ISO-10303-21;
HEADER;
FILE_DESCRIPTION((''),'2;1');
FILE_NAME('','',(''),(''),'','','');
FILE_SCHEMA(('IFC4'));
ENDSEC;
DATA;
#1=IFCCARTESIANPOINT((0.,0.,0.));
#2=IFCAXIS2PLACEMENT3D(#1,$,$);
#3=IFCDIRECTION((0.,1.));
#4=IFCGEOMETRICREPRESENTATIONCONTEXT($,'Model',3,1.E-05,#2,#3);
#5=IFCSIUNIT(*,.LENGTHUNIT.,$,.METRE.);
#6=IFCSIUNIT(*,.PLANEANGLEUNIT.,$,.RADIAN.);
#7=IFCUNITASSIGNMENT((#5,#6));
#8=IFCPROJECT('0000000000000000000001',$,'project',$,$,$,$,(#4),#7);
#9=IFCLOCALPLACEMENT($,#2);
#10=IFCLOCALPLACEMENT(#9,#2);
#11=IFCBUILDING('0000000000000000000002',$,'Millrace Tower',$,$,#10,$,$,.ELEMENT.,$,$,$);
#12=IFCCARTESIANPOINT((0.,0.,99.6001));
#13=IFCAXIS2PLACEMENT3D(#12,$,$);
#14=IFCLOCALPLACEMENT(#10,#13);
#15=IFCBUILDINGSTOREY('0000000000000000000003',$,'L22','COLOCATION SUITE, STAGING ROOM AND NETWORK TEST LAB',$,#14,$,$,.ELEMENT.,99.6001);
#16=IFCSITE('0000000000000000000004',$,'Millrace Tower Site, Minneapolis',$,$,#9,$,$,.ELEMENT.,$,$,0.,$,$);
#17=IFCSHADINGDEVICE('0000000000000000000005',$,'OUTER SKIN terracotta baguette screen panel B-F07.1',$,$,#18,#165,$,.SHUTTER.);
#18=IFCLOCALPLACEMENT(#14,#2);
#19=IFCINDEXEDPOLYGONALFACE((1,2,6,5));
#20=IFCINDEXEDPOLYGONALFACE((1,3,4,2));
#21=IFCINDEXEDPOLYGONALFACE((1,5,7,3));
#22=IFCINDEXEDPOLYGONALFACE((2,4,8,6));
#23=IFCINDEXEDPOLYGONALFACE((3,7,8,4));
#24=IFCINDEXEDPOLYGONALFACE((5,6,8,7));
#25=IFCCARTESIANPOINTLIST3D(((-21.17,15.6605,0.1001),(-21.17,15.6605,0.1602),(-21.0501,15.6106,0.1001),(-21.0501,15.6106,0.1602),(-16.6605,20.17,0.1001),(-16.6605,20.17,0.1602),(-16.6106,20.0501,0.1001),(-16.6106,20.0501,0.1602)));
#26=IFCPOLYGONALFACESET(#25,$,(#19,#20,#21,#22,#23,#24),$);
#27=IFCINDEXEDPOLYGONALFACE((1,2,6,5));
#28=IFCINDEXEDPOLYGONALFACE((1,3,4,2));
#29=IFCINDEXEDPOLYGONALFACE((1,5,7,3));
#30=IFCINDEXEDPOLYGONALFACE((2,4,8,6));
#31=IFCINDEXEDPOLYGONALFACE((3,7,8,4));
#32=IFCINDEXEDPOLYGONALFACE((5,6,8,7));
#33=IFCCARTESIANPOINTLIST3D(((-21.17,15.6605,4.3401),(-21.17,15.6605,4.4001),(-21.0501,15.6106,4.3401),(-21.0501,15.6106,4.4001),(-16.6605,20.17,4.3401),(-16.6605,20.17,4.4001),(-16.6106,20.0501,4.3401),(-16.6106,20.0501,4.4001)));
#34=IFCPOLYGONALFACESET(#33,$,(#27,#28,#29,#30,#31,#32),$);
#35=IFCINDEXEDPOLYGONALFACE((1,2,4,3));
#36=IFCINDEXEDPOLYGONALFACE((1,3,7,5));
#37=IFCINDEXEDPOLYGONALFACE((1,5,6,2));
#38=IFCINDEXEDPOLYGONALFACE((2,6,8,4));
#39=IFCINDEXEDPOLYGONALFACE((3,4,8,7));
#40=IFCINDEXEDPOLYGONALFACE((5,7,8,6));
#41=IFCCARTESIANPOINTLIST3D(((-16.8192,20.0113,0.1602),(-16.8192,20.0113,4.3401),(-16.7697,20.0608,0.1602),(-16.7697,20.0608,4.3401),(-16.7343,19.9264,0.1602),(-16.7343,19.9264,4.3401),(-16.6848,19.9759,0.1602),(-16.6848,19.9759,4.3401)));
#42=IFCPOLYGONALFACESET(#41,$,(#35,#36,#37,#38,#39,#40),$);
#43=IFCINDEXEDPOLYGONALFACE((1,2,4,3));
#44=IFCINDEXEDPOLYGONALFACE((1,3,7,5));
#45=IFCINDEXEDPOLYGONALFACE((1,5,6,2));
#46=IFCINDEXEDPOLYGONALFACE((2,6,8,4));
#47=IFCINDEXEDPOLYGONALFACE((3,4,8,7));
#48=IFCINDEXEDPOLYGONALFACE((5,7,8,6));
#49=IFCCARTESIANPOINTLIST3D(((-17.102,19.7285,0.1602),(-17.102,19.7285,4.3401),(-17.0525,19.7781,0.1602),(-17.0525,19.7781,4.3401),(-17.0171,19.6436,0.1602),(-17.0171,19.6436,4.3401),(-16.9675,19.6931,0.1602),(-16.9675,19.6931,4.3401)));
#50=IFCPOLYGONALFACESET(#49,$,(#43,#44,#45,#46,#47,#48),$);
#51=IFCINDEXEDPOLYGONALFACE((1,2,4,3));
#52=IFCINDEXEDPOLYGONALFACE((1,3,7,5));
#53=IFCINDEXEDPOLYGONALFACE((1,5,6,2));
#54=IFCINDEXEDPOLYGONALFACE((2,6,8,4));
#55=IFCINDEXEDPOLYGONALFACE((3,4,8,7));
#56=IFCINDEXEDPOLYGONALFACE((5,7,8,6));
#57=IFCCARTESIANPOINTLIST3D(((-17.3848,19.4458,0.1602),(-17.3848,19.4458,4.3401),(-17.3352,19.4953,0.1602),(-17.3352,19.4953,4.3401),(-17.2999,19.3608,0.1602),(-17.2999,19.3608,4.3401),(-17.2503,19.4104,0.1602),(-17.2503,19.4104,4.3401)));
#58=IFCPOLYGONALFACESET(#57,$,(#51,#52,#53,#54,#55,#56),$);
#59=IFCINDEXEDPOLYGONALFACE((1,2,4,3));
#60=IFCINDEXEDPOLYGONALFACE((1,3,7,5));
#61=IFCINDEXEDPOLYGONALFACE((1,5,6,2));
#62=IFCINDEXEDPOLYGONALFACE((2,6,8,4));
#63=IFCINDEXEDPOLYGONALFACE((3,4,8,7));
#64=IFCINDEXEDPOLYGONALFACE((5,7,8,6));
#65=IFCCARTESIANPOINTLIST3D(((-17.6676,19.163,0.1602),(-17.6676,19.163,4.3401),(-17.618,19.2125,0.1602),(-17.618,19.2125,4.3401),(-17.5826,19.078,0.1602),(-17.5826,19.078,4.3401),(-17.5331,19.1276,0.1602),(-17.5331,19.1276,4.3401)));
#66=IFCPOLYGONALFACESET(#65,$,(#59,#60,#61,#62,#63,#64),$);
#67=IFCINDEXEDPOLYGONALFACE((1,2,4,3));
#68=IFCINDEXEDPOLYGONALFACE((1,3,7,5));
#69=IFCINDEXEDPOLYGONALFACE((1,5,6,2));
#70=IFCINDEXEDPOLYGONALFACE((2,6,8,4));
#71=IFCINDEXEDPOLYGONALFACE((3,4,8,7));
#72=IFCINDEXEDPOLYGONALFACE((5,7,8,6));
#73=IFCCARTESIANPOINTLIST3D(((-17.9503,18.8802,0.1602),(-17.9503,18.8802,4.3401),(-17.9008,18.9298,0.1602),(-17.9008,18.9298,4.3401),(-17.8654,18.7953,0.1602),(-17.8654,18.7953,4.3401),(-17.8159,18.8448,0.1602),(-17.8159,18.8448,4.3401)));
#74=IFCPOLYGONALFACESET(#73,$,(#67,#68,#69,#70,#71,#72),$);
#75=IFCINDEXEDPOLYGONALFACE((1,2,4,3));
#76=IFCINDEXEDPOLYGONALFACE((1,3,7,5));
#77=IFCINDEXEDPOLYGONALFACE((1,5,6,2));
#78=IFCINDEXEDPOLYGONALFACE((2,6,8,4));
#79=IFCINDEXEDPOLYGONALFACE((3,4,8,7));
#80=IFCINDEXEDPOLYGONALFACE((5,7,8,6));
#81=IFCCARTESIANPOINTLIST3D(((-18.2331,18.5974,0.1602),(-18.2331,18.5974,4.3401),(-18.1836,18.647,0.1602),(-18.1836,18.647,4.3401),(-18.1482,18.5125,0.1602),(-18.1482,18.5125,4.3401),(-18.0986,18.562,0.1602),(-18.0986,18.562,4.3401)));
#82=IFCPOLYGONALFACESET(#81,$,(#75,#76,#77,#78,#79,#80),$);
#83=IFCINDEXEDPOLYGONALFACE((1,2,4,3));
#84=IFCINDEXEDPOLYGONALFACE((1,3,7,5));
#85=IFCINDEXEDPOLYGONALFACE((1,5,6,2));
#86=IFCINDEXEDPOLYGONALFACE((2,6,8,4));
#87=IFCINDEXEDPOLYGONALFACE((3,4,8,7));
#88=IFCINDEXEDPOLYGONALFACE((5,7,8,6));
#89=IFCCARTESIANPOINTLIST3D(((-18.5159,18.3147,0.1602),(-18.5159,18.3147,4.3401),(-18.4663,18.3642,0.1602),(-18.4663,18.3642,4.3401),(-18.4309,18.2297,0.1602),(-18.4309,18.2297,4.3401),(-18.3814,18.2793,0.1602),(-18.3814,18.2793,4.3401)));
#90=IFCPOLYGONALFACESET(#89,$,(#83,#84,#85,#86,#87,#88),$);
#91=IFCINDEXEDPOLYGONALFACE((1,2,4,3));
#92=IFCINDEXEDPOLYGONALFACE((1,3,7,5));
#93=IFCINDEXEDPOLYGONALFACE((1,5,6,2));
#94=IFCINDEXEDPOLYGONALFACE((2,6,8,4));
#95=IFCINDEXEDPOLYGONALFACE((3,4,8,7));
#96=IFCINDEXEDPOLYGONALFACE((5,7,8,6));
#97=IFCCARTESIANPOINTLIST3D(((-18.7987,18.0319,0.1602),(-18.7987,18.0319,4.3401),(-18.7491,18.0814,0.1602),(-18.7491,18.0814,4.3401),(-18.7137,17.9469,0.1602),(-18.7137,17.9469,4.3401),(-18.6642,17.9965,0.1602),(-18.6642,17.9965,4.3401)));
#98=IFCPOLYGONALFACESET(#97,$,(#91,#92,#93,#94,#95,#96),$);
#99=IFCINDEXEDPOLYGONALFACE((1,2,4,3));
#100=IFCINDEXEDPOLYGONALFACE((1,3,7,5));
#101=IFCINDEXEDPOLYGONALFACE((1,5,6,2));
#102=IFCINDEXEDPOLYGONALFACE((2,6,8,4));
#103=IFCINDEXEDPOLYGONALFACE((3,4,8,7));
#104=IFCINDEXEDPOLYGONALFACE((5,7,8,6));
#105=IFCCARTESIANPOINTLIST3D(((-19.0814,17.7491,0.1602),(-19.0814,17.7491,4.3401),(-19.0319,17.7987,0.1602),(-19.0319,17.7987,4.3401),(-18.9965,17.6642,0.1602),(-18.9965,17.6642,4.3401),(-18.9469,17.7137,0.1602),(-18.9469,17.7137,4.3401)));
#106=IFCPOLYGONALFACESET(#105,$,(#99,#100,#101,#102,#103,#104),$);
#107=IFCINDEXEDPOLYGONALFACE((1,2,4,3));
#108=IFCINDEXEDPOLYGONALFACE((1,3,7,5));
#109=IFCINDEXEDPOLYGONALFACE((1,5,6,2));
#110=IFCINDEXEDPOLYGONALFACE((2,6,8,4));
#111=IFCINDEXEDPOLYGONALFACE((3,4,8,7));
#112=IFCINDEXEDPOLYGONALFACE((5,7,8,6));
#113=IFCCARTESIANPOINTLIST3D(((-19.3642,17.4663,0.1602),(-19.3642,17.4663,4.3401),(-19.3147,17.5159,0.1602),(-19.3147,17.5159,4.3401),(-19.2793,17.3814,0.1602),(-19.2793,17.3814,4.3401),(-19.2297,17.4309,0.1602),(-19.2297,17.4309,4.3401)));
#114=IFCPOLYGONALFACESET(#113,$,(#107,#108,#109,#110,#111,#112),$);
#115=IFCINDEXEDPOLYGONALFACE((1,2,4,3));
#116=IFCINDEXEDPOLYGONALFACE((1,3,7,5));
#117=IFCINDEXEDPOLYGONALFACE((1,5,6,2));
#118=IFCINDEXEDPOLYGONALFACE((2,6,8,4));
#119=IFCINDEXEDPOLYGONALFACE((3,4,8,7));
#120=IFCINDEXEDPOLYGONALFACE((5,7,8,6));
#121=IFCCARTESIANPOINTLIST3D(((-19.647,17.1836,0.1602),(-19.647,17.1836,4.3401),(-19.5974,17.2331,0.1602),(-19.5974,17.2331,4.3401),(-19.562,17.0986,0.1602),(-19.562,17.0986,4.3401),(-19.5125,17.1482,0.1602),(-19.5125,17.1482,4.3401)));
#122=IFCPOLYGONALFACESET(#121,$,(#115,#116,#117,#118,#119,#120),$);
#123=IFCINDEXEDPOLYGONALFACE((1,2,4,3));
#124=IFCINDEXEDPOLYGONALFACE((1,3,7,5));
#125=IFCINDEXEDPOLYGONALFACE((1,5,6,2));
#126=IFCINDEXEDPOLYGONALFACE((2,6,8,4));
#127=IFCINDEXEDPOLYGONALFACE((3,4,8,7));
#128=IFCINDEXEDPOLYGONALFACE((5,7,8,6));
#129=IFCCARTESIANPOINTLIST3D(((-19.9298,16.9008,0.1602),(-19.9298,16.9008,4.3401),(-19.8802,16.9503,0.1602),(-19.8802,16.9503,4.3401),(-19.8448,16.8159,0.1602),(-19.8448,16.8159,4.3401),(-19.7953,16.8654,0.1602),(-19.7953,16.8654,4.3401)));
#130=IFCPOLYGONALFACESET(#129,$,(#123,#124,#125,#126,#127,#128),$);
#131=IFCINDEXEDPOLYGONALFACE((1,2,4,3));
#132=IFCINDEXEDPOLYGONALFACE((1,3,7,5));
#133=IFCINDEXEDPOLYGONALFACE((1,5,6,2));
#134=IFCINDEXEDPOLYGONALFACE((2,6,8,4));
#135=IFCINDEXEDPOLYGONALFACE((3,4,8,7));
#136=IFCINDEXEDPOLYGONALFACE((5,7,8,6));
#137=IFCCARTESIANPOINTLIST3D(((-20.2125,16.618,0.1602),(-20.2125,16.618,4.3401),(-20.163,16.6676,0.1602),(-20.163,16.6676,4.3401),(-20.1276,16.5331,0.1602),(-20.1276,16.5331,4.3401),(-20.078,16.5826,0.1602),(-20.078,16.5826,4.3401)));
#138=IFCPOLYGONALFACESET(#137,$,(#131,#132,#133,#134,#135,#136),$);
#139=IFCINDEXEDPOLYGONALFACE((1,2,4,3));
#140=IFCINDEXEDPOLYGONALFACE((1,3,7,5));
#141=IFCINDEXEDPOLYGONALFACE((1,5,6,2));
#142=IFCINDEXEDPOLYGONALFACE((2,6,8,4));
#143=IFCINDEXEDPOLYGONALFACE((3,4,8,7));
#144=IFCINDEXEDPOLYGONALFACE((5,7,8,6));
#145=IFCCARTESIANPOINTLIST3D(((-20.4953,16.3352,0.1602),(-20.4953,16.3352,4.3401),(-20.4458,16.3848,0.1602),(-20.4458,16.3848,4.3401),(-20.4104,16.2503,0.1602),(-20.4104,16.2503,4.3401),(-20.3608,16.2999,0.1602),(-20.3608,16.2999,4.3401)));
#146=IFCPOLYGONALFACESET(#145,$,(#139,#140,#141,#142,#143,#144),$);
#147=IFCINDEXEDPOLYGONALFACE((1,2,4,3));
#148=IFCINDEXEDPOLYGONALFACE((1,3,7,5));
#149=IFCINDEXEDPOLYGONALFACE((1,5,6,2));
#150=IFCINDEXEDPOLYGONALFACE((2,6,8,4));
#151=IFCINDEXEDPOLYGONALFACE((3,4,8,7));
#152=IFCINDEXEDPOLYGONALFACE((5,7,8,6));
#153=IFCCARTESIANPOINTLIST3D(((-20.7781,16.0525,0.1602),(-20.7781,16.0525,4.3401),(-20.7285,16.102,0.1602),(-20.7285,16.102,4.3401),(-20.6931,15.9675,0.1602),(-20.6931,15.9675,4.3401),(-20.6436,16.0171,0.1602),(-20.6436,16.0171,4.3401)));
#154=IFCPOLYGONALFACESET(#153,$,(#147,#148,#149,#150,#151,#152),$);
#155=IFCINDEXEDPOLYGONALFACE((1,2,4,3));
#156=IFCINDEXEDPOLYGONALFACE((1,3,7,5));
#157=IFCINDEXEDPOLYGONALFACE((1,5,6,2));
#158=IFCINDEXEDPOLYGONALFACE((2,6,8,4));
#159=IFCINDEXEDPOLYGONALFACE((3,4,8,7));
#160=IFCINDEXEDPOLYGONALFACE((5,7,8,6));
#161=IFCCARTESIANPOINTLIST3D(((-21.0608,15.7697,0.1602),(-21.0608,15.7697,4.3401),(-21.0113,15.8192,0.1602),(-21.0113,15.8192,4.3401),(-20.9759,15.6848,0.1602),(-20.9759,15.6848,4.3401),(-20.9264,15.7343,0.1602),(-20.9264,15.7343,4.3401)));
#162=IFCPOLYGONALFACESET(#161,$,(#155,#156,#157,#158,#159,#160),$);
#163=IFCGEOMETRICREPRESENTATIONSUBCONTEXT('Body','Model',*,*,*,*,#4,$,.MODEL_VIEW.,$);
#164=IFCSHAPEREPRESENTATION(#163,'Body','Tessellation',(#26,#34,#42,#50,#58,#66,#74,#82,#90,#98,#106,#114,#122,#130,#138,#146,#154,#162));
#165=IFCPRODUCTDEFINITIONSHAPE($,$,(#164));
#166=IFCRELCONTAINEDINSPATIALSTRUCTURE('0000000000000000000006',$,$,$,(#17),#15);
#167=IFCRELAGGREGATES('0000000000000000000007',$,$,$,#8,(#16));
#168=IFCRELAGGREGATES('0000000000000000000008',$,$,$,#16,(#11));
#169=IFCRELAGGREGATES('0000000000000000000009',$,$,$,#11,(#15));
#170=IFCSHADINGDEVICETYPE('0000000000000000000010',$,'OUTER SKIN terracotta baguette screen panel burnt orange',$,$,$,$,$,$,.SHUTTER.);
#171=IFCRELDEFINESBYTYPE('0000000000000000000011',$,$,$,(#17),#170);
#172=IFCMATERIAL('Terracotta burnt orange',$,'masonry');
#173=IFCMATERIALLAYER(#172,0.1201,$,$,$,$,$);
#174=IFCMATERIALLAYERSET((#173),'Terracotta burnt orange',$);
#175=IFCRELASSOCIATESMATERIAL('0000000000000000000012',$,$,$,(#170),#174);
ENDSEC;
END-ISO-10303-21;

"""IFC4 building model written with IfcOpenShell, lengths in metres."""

from ifc_helpers import new_model, entity, si_unit, direction, frame, frame_2d, origin, place, context, subcontext, project, spatial, rectangle, extrude, source, transform, mapped, material, layer, layer_set, type_object, element, save


model = new_model("IFC4")

# Units and contexts
model_context = context("Model", 3, precision=1e-05, world=origin(), true_north=direction((0.0, 1.0)))
body_context = subcontext(model_context, "Body", "Model", "MODEL_VIEW")
ifc_project = project(units=[si_unit("LENGTHUNIT", "METRE"), si_unit("PLANEANGLEUNIT", "RADIAN")], contexts=[model_context])

# Site, building, storey
site_placement = place(None, origin())
site = spatial("IfcSite", under=ifc_project, at=site_placement, Name="Millrace Tower Site, Minneapolis", CompositionType="ELEMENT", RefElevation=0.0)
building_placement = place(site_placement, origin())
building = spatial("IfcBuilding", under=site, at=building_placement, Name="Millrace Tower", CompositionType="ELEMENT")
storey_placement = place(building_placement, frame((0.0, 0.0, 99.6001)))
storey = spatial("IfcBuildingStorey", under=building, at=storey_placement, Name="L22", Description="COLOCATION SUITE, STAGING ROOM AND NETWORK TEST LAB", CompositionType="ELEMENT", Elevation=99.6001)

# Shading device
ifc_material_1 = material(Name="Terracotta burnt orange", Category="masonry")
ifc_layer_1 = layer(ifc_material_1, 0.1201)
ifc_layer_set_1 = layer_set([ifc_layer_1], Name="Terracotta burnt orange")
shading_device_type = type_object("IfcShadingDeviceType", Name="OUTER SKIN terracotta baguette screen panel burnt orange", PredefinedType="SHUTTER", material=ifc_layer_set_1)
cartesian_point_1 = entity("IfcCartesianPoint", [-3.1392, 0.0601])
shared_polyline_1 = entity("IfcPolyline", [cartesian_point_1, entity("IfcCartesianPoint", [3.1392, 0.0601]), entity("IfcCartesianPoint", [3.1887, -0.0601]), entity("IfcCartesianPoint", [-3.1887, -0.0601]), cartesian_point_1])
shared_shape_1 = source(origin(), body_context, "Body", "SweptSolid", [
    entity("IfcExtrudedAreaSolid", entity("IfcArbitraryClosedProfileDef", "AREA", None, shared_polyline_1), entity("IfcAxis2Placement3D", entity("IfcCartesianPoint", [0.0, 0.0, 0.0])), entity("IfcDirection", [0.0, 0.0, 1.0]), 0.0601),
    entity("IfcExtrudedAreaSolid", entity("IfcArbitraryClosedProfileDef", "AREA", None, shared_polyline_1), entity("IfcAxis2Placement3D", entity("IfcCartesianPoint", [0.0, 0.0, 4.24])), entity("IfcDirection", [0.0, 0.0, 1.0]), 0.0601),
    extrude(rectangle(XDim=0.0701, YDim=0.1201, at=frame_2d((-2.9993, 0.0))), frame((0.0, 0.0, 0.0601)), (0.0, 0.0, 1.0), 4.1799),
    extrude(rectangle(XDim=0.0701, YDim=0.1201, at=frame_2d((-2.5994, 0.0))), frame((0.0, 0.0, 0.0601)), (0.0, 0.0, 1.0), 4.1799),
    extrude(rectangle(XDim=0.0701, YDim=0.1201, at=frame_2d((-2.1995, 0.0))), frame((0.0, 0.0, 0.0601)), (0.0, 0.0, 1.0), 4.1799),
    extrude(rectangle(XDim=0.0701, YDim=0.1201, at=frame_2d((-1.7996, 0.0))), frame((0.0, 0.0, 0.0601)), (0.0, 0.0, 1.0), 4.1799),
    extrude(rectangle(XDim=0.0701, YDim=0.1201, at=frame_2d((-1.3997, 0.0))), frame((0.0, 0.0, 0.0601)), (0.0, 0.0, 1.0), 4.1799),
    extrude(rectangle(XDim=0.0701, YDim=0.1201, at=frame_2d((-0.9998, 0.0))), frame((0.0, 0.0, 0.0601)), (0.0, 0.0, 1.0), 4.1799),
    extrude(rectangle(XDim=0.0701, YDim=0.1201, at=frame_2d((-0.5999, 0.0))), frame((0.0, 0.0, 0.0601)), (0.0, 0.0, 1.0), 4.1799),
    extrude(rectangle(XDim=0.0701, YDim=0.1201, at=frame_2d((-0.2, 0.0))), frame((0.0, 0.0, 0.0601)), (0.0, 0.0, 1.0), 4.1799),
    extrude(rectangle(XDim=0.0701, YDim=0.1201, at=frame_2d((0.2, 0.0))), frame((0.0, 0.0, 0.0601)), (0.0, 0.0, 1.0), 4.1799),
    extrude(rectangle(XDim=0.0701, YDim=0.1201, at=frame_2d((0.5999, 0.0))), frame((0.0, 0.0, 0.0601)), (0.0, 0.0, 1.0), 4.1799),
    extrude(rectangle(XDim=0.0701, YDim=0.1201, at=frame_2d((0.9998, 0.0))), frame((0.0, 0.0, 0.0601)), (0.0, 0.0, 1.0), 4.1799),
    extrude(rectangle(XDim=0.0701, YDim=0.1201, at=frame_2d((1.3997, 0.0))), frame((0.0, 0.0, 0.0601)), (0.0, 0.0, 1.0), 4.1799),
    extrude(rectangle(XDim=0.0701, YDim=0.1201, at=frame_2d((1.7996, 0.0))), frame((0.0, 0.0, 0.0601)), (0.0, 0.0, 1.0), 4.1799),
    extrude(rectangle(XDim=0.0701, YDim=0.1201, at=frame_2d((2.1995, 0.0))), frame((0.0, 0.0, 0.0601)), (0.0, 0.0, 1.0), 4.1799),
    extrude(rectangle(XDim=0.0701, YDim=0.1201, at=frame_2d((2.5994, 0.0))), frame((0.0, 0.0, 0.0601)), (0.0, 0.0, 1.0), 4.1799),
    extrude(rectangle(XDim=0.0701, YDim=0.1201, at=frame_2d((2.9993, 0.0))), frame((0.0, 0.0, 0.0601)), (0.0, 0.0, 1.0), 4.1799),
])
shading_device_1_placement = place(storey_placement, frame((-18.8728, 17.8728, 0.1001), z_axis=(0.0, 0.0, 1.0), x_axis=(-0.707107, -0.707107, 0.0)))
element("IfcShadingDevice", 1, at=shading_device_1_placement, inside=storey, type_object=shading_device_type, Name="OUTER SKIN terracotta baguette screen panel B-F07.1", PredefinedType="SHUTTER", context=body_context, shape_type="MappedRepresentation", body=[
    mapped(shared_shape_1, transform((0.0, 0.0, 0.0), scale=1.0)),
])

save(model, "model.ifc")
